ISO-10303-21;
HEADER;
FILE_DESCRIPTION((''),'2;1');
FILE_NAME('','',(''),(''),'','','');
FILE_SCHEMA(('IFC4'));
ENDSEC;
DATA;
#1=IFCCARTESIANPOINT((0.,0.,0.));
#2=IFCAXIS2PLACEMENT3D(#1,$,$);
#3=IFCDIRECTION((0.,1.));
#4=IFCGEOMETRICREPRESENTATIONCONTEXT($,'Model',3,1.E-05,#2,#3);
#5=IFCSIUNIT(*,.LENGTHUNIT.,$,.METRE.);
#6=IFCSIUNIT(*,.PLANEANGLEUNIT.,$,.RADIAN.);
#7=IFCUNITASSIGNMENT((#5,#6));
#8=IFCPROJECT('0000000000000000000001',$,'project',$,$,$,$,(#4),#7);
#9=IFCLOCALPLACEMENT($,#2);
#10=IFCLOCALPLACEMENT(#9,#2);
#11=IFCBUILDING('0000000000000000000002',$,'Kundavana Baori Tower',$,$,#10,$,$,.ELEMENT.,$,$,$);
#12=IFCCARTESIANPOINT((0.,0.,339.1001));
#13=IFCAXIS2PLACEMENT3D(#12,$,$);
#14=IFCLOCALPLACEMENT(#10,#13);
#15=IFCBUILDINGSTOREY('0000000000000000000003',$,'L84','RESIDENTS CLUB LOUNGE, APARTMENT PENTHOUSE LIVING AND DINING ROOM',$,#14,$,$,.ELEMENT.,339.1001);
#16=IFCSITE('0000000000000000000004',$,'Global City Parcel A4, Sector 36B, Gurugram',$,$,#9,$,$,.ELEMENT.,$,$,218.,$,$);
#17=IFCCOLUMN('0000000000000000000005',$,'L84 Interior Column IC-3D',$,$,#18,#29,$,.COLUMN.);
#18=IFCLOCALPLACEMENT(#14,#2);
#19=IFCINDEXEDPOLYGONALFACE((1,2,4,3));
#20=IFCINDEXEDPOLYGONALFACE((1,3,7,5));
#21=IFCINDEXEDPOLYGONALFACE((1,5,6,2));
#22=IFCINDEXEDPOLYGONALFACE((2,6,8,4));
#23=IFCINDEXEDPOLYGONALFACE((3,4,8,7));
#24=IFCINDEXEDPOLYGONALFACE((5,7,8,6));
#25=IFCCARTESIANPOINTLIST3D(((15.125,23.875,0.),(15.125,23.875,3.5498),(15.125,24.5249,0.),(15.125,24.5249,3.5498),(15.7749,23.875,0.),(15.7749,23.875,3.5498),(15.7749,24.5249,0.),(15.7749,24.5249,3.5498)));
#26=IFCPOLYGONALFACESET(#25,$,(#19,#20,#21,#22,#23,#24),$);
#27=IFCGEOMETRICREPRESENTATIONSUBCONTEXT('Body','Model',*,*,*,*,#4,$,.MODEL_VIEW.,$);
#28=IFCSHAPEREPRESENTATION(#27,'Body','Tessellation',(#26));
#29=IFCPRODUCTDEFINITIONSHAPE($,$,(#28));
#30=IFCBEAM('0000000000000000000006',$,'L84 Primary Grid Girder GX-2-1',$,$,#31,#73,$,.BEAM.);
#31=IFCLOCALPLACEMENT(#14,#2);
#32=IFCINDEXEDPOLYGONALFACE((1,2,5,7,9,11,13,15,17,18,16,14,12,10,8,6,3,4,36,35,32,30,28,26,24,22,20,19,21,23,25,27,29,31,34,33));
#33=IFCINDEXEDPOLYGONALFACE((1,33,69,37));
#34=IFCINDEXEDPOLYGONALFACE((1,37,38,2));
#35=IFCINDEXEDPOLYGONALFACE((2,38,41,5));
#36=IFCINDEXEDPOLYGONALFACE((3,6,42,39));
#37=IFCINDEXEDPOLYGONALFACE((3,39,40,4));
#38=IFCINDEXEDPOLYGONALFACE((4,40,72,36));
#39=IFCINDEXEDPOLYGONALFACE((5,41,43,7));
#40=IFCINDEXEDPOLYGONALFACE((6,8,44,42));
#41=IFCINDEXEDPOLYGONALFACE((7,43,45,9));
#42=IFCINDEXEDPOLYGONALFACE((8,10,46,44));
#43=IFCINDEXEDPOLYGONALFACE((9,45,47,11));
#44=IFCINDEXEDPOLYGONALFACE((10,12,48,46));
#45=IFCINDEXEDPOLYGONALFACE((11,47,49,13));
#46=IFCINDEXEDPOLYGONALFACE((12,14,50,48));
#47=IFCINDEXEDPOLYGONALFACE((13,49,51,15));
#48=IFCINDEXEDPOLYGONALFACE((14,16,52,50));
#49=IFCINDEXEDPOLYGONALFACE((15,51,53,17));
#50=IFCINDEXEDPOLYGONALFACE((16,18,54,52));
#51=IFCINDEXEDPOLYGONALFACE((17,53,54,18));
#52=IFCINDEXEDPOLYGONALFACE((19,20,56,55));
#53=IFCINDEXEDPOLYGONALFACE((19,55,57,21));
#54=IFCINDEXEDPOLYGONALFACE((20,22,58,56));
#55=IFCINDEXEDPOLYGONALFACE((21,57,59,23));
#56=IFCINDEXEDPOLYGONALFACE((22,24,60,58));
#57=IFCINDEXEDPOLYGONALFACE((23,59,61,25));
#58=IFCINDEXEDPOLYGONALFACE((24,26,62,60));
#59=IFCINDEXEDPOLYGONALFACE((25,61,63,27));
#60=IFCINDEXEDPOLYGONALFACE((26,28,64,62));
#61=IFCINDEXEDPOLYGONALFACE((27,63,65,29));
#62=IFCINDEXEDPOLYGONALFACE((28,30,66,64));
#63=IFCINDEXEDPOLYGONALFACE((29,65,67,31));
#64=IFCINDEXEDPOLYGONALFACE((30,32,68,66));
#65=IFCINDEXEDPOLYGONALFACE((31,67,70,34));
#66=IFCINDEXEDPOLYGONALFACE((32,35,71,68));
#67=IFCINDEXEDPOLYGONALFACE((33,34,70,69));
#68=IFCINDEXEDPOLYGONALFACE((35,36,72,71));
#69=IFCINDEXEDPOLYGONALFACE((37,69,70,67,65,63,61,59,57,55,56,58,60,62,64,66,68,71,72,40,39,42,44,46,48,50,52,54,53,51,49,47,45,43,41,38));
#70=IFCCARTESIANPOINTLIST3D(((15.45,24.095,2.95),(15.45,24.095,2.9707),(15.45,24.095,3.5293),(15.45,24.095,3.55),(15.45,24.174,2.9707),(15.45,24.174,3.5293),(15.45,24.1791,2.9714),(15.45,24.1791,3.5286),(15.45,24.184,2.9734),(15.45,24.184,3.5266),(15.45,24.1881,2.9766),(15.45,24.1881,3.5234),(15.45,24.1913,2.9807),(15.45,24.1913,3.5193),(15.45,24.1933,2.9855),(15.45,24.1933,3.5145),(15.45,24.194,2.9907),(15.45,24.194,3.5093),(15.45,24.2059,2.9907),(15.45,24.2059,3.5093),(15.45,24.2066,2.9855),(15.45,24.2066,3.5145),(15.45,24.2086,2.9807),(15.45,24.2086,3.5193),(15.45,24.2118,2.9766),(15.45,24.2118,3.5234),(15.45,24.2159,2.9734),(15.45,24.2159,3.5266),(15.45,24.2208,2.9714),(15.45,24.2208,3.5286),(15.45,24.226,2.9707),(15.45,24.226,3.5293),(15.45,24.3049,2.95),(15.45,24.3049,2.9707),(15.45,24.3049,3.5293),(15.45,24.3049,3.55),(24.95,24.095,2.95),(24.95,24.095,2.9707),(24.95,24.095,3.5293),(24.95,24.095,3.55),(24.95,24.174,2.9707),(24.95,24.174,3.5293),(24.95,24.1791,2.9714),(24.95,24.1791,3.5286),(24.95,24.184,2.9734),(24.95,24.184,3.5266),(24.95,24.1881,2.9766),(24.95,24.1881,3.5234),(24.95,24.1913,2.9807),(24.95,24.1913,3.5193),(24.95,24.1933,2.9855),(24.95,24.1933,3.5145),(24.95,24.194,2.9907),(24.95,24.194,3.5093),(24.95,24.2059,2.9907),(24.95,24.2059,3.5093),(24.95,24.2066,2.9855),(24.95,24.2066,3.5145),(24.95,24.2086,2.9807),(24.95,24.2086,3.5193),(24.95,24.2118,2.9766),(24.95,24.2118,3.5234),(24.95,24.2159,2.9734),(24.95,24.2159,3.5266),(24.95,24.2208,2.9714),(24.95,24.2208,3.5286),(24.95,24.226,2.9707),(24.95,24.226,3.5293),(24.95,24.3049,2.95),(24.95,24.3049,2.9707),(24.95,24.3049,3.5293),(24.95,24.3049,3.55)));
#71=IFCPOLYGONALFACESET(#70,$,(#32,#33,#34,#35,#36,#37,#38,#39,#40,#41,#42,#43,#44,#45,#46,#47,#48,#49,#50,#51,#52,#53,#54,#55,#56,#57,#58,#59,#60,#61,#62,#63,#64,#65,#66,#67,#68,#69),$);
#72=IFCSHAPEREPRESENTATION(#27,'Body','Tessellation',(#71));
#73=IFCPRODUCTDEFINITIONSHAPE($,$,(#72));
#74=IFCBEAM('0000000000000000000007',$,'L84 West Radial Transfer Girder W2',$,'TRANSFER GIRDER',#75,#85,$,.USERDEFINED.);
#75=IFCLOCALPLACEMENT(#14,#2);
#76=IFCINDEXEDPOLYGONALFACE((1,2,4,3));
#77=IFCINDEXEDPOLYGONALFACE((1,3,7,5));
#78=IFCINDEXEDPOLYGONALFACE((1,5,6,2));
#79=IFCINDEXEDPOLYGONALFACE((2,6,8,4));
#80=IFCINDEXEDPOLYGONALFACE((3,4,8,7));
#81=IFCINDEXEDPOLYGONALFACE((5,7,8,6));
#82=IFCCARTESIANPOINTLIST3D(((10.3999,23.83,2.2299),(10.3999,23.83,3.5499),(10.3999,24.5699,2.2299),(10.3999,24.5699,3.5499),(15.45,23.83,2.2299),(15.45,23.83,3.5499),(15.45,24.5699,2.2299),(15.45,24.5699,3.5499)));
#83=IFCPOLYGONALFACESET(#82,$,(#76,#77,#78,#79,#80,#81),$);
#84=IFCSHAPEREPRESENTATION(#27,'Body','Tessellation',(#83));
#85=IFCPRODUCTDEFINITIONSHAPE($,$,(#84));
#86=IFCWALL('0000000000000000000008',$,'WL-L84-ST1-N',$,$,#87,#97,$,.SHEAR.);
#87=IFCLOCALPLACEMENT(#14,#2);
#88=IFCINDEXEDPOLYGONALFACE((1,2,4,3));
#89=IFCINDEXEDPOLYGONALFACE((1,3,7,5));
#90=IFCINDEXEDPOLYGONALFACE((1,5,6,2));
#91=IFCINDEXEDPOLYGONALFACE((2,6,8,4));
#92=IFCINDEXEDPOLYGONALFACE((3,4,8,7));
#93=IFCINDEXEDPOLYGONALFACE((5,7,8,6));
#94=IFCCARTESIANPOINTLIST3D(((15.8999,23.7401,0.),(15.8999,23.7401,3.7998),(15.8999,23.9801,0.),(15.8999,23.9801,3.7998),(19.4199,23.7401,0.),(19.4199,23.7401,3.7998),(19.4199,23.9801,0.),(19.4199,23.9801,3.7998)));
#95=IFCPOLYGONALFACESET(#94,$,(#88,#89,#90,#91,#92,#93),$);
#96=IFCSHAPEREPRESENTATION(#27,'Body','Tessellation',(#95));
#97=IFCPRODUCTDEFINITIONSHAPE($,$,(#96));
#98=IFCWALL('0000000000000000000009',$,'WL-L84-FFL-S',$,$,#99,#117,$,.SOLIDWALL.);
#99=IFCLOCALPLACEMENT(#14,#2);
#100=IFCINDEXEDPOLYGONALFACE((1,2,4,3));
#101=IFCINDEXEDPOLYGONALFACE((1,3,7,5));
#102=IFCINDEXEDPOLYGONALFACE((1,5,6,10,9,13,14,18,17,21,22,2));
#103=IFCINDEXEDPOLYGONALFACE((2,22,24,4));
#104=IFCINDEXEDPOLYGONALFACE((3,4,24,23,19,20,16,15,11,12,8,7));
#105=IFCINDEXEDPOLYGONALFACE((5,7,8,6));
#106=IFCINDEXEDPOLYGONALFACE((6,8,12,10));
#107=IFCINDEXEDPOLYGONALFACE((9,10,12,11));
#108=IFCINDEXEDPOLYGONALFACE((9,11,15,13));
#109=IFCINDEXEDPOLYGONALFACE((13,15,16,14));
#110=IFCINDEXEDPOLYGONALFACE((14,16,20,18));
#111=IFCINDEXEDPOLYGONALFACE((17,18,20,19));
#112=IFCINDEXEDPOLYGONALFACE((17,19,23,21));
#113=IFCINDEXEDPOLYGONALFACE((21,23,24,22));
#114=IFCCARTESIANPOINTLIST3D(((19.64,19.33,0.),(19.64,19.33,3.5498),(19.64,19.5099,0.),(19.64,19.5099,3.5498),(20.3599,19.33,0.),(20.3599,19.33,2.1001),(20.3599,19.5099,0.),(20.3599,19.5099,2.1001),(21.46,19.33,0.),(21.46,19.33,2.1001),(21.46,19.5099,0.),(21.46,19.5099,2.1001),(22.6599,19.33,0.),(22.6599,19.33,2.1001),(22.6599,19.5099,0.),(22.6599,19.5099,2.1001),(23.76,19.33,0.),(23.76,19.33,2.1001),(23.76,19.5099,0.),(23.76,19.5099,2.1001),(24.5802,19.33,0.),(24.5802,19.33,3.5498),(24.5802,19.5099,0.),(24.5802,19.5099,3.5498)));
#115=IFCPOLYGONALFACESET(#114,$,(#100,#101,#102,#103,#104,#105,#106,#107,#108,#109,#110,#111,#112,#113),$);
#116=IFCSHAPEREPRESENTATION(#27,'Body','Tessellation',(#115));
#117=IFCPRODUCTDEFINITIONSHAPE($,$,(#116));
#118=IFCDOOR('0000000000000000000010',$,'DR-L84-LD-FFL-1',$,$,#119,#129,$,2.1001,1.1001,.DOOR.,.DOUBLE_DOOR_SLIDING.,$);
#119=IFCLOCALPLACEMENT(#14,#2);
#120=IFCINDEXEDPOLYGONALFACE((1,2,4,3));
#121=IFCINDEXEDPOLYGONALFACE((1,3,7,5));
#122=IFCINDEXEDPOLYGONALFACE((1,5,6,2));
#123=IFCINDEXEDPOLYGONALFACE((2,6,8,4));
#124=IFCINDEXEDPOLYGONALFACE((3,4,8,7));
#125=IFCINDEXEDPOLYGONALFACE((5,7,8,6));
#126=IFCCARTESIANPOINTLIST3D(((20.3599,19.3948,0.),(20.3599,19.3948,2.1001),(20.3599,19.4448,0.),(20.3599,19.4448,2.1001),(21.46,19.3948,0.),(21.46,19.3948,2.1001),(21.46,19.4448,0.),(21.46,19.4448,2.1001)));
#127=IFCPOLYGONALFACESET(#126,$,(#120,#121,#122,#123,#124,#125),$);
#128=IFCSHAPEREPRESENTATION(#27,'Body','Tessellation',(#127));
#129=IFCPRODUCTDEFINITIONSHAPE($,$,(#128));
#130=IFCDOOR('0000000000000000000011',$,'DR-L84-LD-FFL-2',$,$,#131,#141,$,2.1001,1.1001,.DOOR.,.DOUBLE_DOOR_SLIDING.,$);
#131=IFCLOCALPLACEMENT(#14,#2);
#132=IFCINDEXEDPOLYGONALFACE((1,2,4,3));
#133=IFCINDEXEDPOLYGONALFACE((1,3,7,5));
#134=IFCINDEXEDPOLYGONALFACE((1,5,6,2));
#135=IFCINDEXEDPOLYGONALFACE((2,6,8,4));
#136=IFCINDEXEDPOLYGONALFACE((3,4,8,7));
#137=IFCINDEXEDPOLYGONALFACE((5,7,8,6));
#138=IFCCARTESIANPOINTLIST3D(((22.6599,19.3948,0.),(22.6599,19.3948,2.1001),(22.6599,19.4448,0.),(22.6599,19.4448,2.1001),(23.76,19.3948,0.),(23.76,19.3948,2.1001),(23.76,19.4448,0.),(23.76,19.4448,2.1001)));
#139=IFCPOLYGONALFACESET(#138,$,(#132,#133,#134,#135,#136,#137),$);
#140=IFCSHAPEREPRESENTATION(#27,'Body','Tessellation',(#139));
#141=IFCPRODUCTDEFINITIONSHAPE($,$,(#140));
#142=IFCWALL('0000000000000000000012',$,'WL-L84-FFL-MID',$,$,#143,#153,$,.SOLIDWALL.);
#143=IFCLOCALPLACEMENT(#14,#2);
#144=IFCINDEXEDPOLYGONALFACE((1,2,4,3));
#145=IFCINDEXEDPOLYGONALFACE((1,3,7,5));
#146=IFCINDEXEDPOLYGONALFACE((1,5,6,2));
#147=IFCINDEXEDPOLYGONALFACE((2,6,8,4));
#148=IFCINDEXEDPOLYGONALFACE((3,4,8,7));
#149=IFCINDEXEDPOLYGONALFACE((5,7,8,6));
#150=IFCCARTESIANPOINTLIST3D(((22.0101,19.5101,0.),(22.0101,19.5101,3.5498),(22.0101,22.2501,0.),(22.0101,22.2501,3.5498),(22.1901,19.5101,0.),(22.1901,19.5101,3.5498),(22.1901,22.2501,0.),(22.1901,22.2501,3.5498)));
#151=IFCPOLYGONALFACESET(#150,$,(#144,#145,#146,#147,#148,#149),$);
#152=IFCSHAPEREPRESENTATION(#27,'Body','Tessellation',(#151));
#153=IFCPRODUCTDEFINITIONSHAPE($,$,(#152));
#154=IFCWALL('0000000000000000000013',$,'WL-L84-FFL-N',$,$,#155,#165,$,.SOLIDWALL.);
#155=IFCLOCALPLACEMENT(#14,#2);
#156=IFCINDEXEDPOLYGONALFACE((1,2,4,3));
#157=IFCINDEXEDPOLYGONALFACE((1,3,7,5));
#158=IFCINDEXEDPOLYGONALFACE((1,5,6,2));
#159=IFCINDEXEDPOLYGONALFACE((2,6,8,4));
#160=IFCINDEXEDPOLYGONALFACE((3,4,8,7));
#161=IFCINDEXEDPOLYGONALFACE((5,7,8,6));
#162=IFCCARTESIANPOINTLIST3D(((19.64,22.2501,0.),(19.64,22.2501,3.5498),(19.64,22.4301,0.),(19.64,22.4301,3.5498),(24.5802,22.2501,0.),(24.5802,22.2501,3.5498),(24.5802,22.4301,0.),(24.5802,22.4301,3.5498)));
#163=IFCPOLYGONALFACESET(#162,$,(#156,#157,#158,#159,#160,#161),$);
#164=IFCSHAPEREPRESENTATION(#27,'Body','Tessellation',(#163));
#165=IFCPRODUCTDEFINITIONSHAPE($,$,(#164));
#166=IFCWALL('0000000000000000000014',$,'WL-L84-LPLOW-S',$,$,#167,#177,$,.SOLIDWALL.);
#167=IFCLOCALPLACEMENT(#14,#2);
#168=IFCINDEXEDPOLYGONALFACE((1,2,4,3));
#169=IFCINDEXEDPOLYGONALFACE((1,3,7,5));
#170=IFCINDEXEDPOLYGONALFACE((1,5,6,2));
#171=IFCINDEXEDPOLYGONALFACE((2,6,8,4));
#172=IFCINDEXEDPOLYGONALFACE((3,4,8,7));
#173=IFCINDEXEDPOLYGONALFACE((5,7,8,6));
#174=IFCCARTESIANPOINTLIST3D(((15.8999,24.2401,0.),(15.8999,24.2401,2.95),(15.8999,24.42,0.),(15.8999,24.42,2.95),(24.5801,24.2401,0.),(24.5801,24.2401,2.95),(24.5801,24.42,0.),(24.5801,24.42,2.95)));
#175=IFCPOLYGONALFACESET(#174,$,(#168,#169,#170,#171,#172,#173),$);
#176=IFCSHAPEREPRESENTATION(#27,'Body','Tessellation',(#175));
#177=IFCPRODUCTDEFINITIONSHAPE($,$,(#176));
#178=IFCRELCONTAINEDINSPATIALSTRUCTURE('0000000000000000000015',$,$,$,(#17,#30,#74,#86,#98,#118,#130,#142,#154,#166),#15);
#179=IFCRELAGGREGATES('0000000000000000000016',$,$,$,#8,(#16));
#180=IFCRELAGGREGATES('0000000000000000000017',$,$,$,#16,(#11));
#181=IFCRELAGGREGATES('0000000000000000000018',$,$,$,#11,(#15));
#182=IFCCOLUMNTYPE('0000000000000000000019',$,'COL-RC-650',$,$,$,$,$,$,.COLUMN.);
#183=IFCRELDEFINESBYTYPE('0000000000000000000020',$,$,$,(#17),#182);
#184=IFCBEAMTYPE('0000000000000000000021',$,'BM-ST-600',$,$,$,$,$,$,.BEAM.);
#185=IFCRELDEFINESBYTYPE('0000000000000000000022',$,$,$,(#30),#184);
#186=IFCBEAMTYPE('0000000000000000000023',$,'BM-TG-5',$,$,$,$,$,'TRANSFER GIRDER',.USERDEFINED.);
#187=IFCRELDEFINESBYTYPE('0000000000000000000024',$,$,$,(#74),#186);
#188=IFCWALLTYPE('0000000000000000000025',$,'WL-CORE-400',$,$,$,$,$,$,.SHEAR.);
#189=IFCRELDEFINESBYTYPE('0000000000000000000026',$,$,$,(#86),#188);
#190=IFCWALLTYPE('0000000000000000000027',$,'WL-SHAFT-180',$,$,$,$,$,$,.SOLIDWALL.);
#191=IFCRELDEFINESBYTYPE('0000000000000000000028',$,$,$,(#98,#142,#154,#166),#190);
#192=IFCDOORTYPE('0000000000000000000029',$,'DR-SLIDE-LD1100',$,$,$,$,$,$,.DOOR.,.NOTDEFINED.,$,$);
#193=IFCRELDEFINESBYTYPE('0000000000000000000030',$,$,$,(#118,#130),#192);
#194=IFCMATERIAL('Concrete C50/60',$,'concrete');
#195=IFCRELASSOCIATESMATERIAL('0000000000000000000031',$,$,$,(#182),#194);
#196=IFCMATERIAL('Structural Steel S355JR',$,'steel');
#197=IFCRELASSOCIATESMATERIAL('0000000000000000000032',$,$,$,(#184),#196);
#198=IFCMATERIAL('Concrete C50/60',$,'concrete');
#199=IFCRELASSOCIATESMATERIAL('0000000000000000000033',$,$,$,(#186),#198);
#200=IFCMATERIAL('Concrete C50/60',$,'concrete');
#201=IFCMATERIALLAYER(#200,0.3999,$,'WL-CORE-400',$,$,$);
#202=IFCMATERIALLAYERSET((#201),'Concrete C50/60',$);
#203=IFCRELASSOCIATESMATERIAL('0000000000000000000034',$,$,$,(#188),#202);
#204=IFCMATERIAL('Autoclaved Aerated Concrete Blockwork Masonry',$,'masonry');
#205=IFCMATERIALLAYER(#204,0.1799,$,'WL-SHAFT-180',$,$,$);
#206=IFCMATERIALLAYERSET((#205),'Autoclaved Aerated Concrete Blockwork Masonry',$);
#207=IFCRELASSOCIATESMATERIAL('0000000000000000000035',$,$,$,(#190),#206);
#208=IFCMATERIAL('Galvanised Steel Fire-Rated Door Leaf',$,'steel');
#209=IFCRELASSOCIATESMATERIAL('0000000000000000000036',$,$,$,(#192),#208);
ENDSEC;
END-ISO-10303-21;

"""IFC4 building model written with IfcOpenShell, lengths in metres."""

from ifc_helpers import new_model, si_unit, direction, frame, frame_2d, origin, origin_2d, place, context, subcontext, project, spatial, rectangle, i_section, extrude, material, layer, layer_set, material_profile, profile_set, type_object, element, fill, save


model = new_model("IFC4")

# Units and contexts
model_context = context("Model", 3, precision=1e-05, world=origin(), true_north=direction((0.0, 1.0)))
body_context = subcontext(model_context, "Body", "Model", "MODEL_VIEW")
ifc_project = project(units=[si_unit("LENGTHUNIT", "METRE"), si_unit("PLANEANGLEUNIT", "RADIAN")], contexts=[model_context])

# Site, building, storey
site_placement = place(None, origin())
site = spatial("IfcSite", under=ifc_project, at=site_placement, Name="Global City Parcel A4, Sector 36B, Gurugram", CompositionType="ELEMENT", RefElevation=218.0)
building_placement = place(site_placement, origin())
building = spatial("IfcBuilding", under=site, at=building_placement, Name="Kundavana Baori Tower", CompositionType="ELEMENT")
storey_placement = place(building_placement, frame((0.0, 0.0, 339.1001)))
storey = spatial("IfcBuildingStorey", under=building, at=storey_placement, Name="L84", Description="RESIDENTS CLUB LOUNGE, APARTMENT PENTHOUSE LIVING AND DINING ROOM", CompositionType="ELEMENT", Elevation=339.1001)

# Column
ifc_material_1 = material(Name="Concrete C50/60", Category="concrete")
ifc_material_profile_1 = material_profile(ifc_material_1, rectangle(XDim=0.6499, YDim=0.6499, at=origin_2d()), Name="RC 650x650")
ifc_profile_set_1 = profile_set([ifc_material_profile_1], Name="Concrete C50/60")
column_type = type_object("IfcColumnType", Name="COL-RC-650", PredefinedType="COLUMN", material=ifc_profile_set_1)
column_placement = place(storey_placement, frame((15.45, 24.2, 0.0), z_axis=(0.0, 0.0, 1.0), x_axis=(1.0, 0.0, 0.0)))
element("IfcColumn", 1, at=column_placement, inside=storey, type_object=column_type, Name="L84 Interior Column IC-3D", PredefinedType="COLUMN", context=body_context, shape_type="SweptSolid", body=[
    extrude(rectangle(XDim=0.6499, YDim=0.6499, at=origin_2d()), origin(), (0.0, 0.0, 1.0), 3.5498),
])

# Beams
ifc_material_2 = material(Name="Structural Steel S355JR", Category="steel")
ifc_material_profile_2 = material_profile(ifc_material_2, i_section(OverallWidth=0.21, OverallDepth=0.6001, WebThickness=0.012, FlangeThickness=0.0208, FilletRadius=0.02, at=origin_2d()), Name="ISMB 600")
ifc_profile_set_2 = profile_set([ifc_material_profile_2], Name="Structural Steel S355JR")
beam_type_1 = type_object("IfcBeamType", Name="BM-ST-600", PredefinedType="BEAM", material=ifc_profile_set_2)
beam_1_placement = place(storey_placement, frame((15.45, 24.2, 3.25), z_axis=(1.0, 0.0, 0.0), x_axis=(0.0, 1.0, 0.0)))
element("IfcBeam", 2, at=beam_1_placement, inside=storey, type_object=beam_type_1, Name="L84 Primary Grid Girder GX-2-1", PredefinedType="BEAM", context=body_context, shape_type="SweptSolid", body=[
    extrude(i_section(OverallWidth=0.21, OverallDepth=0.6001, WebThickness=0.012, FlangeThickness=0.0208, FilletRadius=0.02, at=origin_2d()), origin(), (0.0, 0.0, 1.0), 9.5),
])
ifc_material_3 = material(Name="Concrete C50/60", Category="concrete")
ifc_material_profile_3 = material_profile(ifc_material_3, rectangle(XDim=0.74, YDim=1.3201, at=origin_2d()), Name="BM-TG-5")
ifc_profile_set_3 = profile_set([ifc_material_profile_3], Name="Concrete C50/60")
beam_type_2 = type_object("IfcBeamType", Name="BM-TG-5", ElementType="TRANSFER GIRDER", PredefinedType="USERDEFINED", material=ifc_profile_set_3)
beam_2_placement = place(storey_placement, frame((15.45, 24.2, 2.8899), z_axis=(-1.0, 0.0, 0.0), x_axis=(0.0, -1.0, 0.0)))
element("IfcBeam", 3, at=beam_2_placement, inside=storey, type_object=beam_type_2, Name="L84 West Radial Transfer Girder W2", ObjectType="TRANSFER GIRDER", PredefinedType="USERDEFINED", context=body_context, shape_type="SweptSolid", body=[
    extrude(rectangle(XDim=0.74, YDim=1.3201, at=origin_2d()), origin(), (0.0, 0.0, 1.0), 5.05),
])

# Wall
ifc_material_4 = material(Name="Concrete C50/60", Category="concrete")
ifc_layer_1 = layer(ifc_material_4, 0.3999, Name="WL-CORE-400")
ifc_layer_set_1 = layer_set([ifc_layer_1], Name="Concrete C50/60")
wall_type_1 = type_object("IfcWallType", Name="WL-CORE-400", PredefinedType="SHEAR", material=ifc_layer_set_1)
wall_1_placement = place(storey_placement, frame((15.8999, 23.8601, 0.0), z_axis=(0.0, 0.0, 1.0), x_axis=(1.0, 0.0, 0.0)))
element("IfcWall", 4, at=wall_1_placement, inside=storey, type_object=wall_type_1, Name="WL-L84-ST1-N", PredefinedType="SHEAR", context=body_context, shape_type="SweptSolid", body=[
    extrude(rectangle(XDim=3.52, YDim=0.24, at=frame_2d((1.76, 0.0))), origin(), (0.0, 0.0, 1.0), 3.7998),
])

# Wall, openings, doors
ifc_material_5 = material(Name="Autoclaved Aerated Concrete Blockwork Masonry", Category="masonry")
ifc_layer_2 = layer(ifc_material_5, 0.1799, Name="WL-SHAFT-180")
ifc_layer_set_2 = layer_set([ifc_layer_2], Name="Autoclaved Aerated Concrete Blockwork Masonry")
wall_type_2 = type_object("IfcWallType", Name="WL-SHAFT-180", PredefinedType="SOLIDWALL", material=ifc_layer_set_2)
wall_2_placement = place(storey_placement, frame((19.6399, 19.4199, 0.0), z_axis=(0.0, 0.0, 1.0), x_axis=(1.0, 0.0, 0.0)))
wall_2 = element("IfcWall", 5, at=wall_2_placement, inside=storey, type_object=wall_type_2, Name="WL-L84-FFL-S", PredefinedType="SOLIDWALL", context=body_context, shape_type="SweptSolid", body=[
    extrude(rectangle(XDim=4.9402, YDim=0.1799, at=frame_2d((2.4702, 0.0))), origin(), (0.0, 0.0, 1.0), 3.5498),
])
opening_1_placement = place(wall_2_placement, frame((0.72, 0.0, 0.0)))
opening_1 = element("IfcOpeningElement", 6, at=opening_1_placement, cuts=wall_2, PredefinedType="OPENING", context=body_context, shape_type="SweptSolid", body=[
    extrude(rectangle(XDim=1.1001, YDim=2.1001, at=frame_2d((0.55, 1.05))), frame((0.0, 0.1001, 0.0), z_axis=(0.0, -1.0, 0.0), x_axis=(1.0, 0.0, 0.0)), (0.0, 0.0, 1.0), 0.2),
])
opening_2_placement = place(wall_2_placement, frame((3.02, 0.0, 0.0)))
opening_2 = element("IfcOpeningElement", 7, at=opening_2_placement, cuts=wall_2, PredefinedType="OPENING", context=body_context, shape_type="SweptSolid", body=[
    extrude(rectangle(XDim=1.1001, YDim=2.1001, at=frame_2d((0.55, 1.05))), frame((0.0, 0.1001, 0.0), z_axis=(0.0, -1.0, 0.0), x_axis=(1.0, 0.0, 0.0)), (0.0, 0.0, 1.0), 0.2),
])
ifc_material_6 = material(Name="Galvanised Steel Fire-Rated Door Leaf", Category="steel")
door_type = type_object("IfcDoorType", Name="DR-SLIDE-LD1100", OperationType="NOTDEFINED", PredefinedType="DOOR", material=ifc_material_6)
door_1_placement = place(opening_1_placement, origin())
door_1 = element("IfcDoor", 8, at=door_1_placement, inside=storey, type_object=door_type, Name="DR-L84-LD-FFL-1", OperationType="DOUBLE_DOOR_SLIDING", OverallHeight=2.1001, OverallWidth=1.1001, PredefinedType="DOOR", context=body_context, shape_type="SweptSolid", body=[
    extrude(rectangle(XDim=1.1001, YDim=2.1001, at=frame_2d((0.55, 1.05))), frame((0.0, 0.0249, 0.0), z_axis=(0.0, -1.0, 0.0), x_axis=(1.0, 0.0, 0.0)), (0.0, 0.0, 1.0), 0.05),
])
fill(opening_1, door_1)
door_2_placement = place(opening_2_placement, origin())
door_2 = element("IfcDoor", 9, at=door_2_placement, inside=storey, type_object=door_type, Name="DR-L84-LD-FFL-2", OperationType="DOUBLE_DOOR_SLIDING", OverallHeight=2.1001, OverallWidth=1.1001, PredefinedType="DOOR", context=body_context, shape_type="SweptSolid", body=[
    extrude(rectangle(XDim=1.1001, YDim=2.1001, at=frame_2d((0.55, 1.05))), frame((0.0, 0.0249, 0.0), z_axis=(0.0, -1.0, 0.0), x_axis=(1.0, 0.0, 0.0)), (0.0, 0.0, 1.0), 0.05),
])
fill(opening_2, door_2)

# Walls
wall_3_placement = place(storey_placement, frame((22.1001, 19.51, 0.0), z_axis=(0.0, 0.0, 1.0), x_axis=(0.0, 1.0, 0.0)))
element("IfcWall", 10, at=wall_3_placement, inside=storey, type_object=wall_type_2, Name="WL-L84-FFL-MID", PredefinedType="SOLIDWALL", context=body_context, shape_type="SweptSolid", body=[
    extrude(rectangle(XDim=2.74, YDim=0.1799, at=frame_2d((1.3701, 0.0))), origin(), (0.0, 0.0, 1.0), 3.5498),
])
wall_4_placement = place(storey_placement, frame((19.6399, 22.3401, 0.0), z_axis=(0.0, 0.0, 1.0), x_axis=(1.0, 0.0, 0.0)))
element("IfcWall", 11, at=wall_4_placement, inside=storey, type_object=wall_type_2, Name="WL-L84-FFL-N", PredefinedType="SOLIDWALL", context=body_context, shape_type="SweptSolid", body=[
    extrude(rectangle(XDim=4.9402, YDim=0.1799, at=frame_2d((2.4702, 0.0))), origin(), (0.0, 0.0, 1.0), 3.5498),
])
wall_5_placement = place(storey_placement, frame((15.8999, 24.3301, 0.0), z_axis=(0.0, 0.0, 1.0), x_axis=(1.0, 0.0, 0.0)))
element("IfcWall", 12, at=wall_5_placement, inside=storey, type_object=wall_type_2, Name="WL-L84-LPLOW-S", PredefinedType="SOLIDWALL", context=body_context, shape_type="SweptSolid", body=[
    extrude(rectangle(XDim=8.6802, YDim=0.1799, at=frame_2d((4.3401, 0.0))), origin(), (0.0, 0.0, 1.0), 2.95),
])

save(model, "model.ifc")
